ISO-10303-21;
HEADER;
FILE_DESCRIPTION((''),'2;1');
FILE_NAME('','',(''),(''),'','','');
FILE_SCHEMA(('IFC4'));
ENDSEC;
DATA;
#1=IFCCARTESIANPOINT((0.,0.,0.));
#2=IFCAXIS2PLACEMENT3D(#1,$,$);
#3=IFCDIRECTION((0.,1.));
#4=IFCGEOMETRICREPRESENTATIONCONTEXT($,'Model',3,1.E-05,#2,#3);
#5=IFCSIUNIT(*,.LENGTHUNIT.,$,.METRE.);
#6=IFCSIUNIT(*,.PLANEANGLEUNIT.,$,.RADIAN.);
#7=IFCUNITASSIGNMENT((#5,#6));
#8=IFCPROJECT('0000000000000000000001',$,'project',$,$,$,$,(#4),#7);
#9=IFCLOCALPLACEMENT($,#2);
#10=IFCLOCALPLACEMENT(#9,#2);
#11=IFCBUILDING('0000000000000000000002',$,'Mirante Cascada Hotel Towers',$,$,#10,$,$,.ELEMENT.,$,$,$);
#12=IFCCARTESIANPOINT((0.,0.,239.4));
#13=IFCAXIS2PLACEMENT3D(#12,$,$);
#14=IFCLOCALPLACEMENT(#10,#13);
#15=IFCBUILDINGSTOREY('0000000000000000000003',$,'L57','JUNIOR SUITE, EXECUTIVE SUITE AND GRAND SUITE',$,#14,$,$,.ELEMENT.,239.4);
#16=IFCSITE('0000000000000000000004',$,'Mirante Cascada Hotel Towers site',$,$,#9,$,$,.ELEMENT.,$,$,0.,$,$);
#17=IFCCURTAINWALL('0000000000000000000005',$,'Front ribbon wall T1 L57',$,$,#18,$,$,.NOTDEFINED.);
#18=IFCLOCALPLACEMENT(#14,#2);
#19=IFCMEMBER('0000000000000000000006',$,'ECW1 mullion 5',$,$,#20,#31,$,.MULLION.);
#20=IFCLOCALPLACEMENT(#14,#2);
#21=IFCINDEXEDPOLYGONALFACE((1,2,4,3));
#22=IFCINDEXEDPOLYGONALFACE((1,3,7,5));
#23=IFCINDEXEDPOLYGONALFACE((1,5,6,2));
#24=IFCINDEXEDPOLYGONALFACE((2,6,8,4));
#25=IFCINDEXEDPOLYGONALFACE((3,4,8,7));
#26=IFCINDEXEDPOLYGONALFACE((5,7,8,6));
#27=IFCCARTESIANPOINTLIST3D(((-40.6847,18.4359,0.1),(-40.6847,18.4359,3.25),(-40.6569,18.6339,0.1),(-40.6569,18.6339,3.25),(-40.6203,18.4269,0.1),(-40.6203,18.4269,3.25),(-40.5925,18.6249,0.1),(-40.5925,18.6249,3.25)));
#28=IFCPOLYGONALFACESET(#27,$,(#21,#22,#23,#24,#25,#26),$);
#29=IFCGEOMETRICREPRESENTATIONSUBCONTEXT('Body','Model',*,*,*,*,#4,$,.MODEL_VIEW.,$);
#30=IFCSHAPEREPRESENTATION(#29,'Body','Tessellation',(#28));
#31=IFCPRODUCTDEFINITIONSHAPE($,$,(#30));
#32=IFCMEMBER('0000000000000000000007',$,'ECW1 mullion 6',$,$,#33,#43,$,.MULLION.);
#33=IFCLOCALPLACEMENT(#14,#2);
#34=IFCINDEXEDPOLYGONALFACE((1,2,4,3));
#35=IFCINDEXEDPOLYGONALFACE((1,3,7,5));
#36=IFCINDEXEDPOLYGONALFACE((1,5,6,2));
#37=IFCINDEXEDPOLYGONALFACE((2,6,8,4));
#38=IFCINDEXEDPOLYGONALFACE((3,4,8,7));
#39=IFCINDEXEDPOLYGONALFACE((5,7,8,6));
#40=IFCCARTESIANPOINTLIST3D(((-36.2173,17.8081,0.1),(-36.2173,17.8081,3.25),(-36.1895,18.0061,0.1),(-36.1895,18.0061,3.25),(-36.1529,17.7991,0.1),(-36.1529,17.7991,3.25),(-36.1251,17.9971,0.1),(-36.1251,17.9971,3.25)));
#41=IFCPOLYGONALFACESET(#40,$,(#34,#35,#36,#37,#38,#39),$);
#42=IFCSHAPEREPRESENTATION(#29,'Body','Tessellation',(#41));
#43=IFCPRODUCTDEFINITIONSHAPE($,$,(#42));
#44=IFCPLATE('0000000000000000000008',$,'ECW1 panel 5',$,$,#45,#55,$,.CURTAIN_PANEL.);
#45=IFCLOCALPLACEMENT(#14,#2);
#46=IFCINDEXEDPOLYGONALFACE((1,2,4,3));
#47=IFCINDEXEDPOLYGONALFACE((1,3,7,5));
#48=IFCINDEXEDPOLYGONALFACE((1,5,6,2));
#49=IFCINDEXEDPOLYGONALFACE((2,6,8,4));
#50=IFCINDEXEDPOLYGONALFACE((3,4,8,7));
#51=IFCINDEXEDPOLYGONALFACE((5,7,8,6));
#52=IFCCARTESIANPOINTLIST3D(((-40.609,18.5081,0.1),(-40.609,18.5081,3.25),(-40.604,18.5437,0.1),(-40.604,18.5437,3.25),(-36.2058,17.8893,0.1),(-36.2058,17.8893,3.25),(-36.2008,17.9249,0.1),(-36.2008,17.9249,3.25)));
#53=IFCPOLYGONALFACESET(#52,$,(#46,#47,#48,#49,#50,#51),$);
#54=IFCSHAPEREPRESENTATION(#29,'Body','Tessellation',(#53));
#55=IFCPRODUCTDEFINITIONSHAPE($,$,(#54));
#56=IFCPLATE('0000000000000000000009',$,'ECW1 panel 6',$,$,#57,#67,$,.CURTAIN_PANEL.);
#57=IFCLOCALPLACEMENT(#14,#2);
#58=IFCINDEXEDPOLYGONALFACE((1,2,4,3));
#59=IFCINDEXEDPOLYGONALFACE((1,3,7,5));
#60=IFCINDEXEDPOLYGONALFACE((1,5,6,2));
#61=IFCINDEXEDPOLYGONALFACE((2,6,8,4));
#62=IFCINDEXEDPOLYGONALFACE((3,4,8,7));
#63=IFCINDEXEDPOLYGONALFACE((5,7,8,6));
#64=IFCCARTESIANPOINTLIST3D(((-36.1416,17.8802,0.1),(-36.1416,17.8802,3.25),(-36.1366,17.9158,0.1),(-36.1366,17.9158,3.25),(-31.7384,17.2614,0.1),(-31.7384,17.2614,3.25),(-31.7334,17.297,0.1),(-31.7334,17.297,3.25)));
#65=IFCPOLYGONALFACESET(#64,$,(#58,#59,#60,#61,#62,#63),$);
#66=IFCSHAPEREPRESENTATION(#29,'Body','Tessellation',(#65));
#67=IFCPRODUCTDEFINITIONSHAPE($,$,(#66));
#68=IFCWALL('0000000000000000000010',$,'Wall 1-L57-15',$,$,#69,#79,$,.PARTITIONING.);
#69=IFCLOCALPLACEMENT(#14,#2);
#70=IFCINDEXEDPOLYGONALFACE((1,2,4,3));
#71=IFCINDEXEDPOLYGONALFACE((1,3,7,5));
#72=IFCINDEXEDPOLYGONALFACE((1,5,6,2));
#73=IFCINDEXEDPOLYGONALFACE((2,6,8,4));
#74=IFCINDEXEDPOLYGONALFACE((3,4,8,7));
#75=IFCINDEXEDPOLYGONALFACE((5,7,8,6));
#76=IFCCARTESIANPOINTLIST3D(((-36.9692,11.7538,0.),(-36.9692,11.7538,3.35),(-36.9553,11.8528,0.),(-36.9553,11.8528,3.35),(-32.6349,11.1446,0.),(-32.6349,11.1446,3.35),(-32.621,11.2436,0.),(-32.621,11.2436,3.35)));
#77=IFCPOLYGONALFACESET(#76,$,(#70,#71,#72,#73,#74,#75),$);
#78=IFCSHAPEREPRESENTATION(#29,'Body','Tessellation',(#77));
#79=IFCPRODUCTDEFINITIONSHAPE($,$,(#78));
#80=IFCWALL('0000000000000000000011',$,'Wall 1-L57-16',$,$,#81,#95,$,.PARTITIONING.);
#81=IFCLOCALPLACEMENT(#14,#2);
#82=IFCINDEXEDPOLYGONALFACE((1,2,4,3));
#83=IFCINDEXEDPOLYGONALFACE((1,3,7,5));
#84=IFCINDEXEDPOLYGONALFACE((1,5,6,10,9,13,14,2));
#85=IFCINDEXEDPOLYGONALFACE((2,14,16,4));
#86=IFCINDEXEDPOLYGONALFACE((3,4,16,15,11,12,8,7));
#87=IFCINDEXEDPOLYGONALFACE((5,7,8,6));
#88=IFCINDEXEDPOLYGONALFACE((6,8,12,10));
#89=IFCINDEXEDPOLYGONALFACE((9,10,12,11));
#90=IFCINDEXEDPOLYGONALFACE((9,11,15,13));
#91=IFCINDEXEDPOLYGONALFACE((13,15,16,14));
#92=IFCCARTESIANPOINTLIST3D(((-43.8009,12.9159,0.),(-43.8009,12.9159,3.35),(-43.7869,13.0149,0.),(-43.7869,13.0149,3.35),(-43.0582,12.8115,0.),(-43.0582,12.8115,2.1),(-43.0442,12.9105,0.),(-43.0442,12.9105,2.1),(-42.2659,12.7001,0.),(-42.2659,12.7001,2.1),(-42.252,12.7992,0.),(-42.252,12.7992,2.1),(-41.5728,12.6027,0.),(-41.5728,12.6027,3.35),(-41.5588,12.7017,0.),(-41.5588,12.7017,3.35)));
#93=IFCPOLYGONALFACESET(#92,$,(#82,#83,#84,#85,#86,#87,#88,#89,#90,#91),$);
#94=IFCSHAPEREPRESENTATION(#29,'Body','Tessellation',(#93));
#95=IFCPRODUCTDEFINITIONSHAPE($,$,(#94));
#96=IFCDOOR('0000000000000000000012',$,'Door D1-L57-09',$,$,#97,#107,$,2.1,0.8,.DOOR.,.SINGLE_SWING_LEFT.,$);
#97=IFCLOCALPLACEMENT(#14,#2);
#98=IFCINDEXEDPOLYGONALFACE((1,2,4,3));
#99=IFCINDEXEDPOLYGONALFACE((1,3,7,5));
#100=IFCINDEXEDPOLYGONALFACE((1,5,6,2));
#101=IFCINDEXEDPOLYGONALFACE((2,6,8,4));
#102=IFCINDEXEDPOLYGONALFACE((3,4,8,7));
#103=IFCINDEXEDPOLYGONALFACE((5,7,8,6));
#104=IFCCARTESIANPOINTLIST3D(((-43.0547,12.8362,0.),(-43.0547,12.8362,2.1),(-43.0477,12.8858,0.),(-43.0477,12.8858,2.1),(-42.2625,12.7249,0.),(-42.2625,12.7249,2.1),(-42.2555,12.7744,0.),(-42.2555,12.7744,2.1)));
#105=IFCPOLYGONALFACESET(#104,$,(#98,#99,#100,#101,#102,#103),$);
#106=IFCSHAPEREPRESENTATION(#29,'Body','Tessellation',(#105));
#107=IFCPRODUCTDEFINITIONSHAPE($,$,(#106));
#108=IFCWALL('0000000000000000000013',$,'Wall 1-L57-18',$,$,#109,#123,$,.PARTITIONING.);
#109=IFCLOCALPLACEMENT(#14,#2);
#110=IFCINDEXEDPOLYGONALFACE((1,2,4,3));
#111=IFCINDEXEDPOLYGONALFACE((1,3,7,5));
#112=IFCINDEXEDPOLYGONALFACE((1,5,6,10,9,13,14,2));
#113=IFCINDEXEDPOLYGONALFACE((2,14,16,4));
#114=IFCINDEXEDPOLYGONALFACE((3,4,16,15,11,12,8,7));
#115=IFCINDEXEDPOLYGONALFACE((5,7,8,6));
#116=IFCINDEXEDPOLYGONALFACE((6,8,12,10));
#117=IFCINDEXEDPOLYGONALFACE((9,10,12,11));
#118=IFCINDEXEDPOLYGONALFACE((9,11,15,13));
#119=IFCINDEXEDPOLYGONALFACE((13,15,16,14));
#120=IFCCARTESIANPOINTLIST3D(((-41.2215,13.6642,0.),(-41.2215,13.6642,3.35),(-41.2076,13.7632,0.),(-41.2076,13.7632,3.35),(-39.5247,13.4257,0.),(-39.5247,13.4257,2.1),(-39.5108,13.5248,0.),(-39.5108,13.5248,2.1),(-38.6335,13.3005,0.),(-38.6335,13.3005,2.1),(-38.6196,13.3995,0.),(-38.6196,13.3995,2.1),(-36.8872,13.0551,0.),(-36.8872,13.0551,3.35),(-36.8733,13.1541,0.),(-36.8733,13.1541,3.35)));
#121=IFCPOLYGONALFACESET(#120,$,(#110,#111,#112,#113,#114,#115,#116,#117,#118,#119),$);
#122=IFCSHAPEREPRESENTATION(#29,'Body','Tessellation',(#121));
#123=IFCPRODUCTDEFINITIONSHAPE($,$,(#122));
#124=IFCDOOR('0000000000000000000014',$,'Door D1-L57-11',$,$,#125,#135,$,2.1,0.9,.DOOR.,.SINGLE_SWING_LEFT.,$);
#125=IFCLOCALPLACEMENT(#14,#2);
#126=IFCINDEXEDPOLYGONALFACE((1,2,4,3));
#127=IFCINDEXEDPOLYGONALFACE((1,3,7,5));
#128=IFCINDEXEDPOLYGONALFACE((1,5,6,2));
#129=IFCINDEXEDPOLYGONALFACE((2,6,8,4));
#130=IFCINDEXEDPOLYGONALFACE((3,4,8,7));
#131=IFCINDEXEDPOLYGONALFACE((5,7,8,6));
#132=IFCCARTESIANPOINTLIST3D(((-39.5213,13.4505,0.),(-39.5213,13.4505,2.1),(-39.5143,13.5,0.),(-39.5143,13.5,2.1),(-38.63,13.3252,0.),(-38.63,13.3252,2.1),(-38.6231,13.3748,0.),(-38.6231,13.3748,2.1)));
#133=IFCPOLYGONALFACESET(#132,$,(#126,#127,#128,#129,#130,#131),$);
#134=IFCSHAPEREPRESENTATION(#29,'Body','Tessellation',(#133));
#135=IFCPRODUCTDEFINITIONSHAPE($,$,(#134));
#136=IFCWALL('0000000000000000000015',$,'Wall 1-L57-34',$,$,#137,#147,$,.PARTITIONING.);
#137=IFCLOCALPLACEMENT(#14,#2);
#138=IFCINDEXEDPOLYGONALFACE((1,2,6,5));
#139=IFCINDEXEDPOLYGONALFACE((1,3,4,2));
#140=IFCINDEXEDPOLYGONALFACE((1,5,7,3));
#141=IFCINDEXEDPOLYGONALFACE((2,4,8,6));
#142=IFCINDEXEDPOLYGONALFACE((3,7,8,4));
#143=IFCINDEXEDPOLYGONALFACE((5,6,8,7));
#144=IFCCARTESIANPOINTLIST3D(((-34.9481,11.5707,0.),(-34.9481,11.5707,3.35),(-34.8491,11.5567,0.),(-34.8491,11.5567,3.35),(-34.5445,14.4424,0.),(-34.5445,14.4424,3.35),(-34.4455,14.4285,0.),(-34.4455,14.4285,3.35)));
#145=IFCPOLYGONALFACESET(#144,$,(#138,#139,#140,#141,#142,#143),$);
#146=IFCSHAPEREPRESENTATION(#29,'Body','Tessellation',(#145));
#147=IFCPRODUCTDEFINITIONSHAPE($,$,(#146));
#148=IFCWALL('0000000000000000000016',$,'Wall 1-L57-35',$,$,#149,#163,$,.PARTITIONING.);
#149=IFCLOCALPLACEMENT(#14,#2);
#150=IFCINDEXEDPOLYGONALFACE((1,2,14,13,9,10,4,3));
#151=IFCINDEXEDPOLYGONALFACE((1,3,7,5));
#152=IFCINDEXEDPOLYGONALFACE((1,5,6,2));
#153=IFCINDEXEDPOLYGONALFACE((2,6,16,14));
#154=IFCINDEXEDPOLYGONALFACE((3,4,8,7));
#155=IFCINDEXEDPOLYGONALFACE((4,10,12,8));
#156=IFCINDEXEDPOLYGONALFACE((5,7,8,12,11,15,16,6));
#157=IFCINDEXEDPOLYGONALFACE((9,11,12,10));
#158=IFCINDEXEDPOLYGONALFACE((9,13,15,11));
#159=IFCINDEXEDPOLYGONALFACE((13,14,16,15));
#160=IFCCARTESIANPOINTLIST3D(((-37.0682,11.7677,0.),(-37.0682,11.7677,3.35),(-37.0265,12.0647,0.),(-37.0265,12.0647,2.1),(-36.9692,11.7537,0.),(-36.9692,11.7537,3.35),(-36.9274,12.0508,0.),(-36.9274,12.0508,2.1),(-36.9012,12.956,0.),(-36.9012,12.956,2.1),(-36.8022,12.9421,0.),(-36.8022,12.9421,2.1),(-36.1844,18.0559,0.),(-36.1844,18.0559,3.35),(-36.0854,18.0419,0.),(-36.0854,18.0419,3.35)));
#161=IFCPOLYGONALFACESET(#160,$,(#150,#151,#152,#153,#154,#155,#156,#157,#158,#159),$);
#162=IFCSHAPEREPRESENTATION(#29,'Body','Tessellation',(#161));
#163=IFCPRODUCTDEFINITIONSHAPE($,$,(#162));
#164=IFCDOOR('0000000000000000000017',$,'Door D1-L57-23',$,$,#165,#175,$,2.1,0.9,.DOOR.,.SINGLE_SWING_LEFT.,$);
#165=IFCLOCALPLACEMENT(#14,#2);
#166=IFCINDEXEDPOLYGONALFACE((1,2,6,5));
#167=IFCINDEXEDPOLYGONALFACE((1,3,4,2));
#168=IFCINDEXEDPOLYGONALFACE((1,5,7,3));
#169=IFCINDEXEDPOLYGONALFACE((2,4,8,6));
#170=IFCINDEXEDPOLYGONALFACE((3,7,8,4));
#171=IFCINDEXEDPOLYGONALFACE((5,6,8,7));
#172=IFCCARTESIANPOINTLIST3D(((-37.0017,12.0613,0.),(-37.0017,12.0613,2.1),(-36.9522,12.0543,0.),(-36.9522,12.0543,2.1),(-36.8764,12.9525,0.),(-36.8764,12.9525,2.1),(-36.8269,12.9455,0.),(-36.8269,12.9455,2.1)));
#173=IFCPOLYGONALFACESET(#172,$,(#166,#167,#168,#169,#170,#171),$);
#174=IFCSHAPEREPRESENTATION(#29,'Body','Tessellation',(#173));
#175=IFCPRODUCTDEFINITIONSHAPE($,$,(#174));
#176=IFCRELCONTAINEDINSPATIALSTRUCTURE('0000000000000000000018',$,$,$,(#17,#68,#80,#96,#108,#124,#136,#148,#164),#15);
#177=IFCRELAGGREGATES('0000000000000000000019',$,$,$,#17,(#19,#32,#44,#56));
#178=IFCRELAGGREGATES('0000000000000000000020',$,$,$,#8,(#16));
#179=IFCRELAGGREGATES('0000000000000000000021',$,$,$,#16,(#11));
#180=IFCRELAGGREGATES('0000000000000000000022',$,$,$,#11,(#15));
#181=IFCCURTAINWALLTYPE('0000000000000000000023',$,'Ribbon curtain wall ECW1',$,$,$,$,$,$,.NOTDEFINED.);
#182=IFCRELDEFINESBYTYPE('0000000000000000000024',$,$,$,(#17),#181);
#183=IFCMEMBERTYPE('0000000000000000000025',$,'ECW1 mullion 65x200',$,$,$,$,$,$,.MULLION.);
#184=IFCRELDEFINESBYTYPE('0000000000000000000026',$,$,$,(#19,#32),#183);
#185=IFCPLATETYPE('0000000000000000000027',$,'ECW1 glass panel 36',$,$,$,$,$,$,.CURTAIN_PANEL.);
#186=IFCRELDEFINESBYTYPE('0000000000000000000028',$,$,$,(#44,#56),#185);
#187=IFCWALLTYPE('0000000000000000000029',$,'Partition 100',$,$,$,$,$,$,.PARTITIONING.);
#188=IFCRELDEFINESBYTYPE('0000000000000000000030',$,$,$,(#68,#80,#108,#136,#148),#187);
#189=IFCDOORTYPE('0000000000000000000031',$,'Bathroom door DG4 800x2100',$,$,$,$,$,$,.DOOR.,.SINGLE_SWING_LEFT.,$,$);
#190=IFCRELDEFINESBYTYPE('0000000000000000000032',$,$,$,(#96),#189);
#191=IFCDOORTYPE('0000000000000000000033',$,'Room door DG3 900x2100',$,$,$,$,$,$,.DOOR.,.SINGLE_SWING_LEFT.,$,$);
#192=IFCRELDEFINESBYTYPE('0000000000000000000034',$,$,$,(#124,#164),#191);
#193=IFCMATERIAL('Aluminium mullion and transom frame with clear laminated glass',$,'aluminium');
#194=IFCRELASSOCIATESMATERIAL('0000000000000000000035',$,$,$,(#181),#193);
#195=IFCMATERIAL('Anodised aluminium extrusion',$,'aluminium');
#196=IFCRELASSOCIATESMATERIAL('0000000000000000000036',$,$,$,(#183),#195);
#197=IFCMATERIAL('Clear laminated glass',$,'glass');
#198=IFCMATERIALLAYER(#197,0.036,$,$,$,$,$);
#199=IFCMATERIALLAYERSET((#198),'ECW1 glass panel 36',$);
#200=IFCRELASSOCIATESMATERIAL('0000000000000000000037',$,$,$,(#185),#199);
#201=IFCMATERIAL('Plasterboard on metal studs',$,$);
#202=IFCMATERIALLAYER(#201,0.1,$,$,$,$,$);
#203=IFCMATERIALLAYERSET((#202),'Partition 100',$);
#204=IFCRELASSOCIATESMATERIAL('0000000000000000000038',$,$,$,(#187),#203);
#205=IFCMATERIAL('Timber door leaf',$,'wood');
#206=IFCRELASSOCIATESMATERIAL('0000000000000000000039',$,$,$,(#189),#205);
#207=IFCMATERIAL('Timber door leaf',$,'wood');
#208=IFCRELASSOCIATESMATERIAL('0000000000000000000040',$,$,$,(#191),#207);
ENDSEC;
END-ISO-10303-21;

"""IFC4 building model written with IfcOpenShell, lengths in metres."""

from ifc_helpers import new_model, si_unit, direction, frame, frame_2d, origin, origin_2d, place, context, subcontext, project, spatial, rectangle, extrude, material, layer, layer_set, material_profile, profile_set, type_object, element, fill, aggregate, save


model = new_model("IFC4")

# Units and contexts
model_context = context("Model", 3, precision=1e-05, world=origin(), true_north=direction((0.0, 1.0)))
body_context = subcontext(model_context, "Body", "Model", "MODEL_VIEW")
ifc_project = project(units=[si_unit("LENGTHUNIT", "METRE"), si_unit("PLANEANGLEUNIT", "RADIAN")], contexts=[model_context])

# Site, building, storey
site_placement = place(None, origin())
site = spatial("IfcSite", under=ifc_project, at=site_placement, Name="Mirante Cascada Hotel Towers site", CompositionType="ELEMENT", RefElevation=0.0)
building_placement = place(site_placement, origin())
building = spatial("IfcBuilding", under=site, at=building_placement, Name="Mirante Cascada Hotel Towers", CompositionType="ELEMENT")
storey_placement = place(building_placement, frame((0.0, 0.0, 239.4)))
storey = spatial("IfcBuildingStorey", under=building, at=storey_placement, Name="L57", Description="JUNIOR SUITE, EXECUTIVE SUITE AND GRAND SUITE", CompositionType="ELEMENT", Elevation=239.4)

# Curtain wall, members, plates
ifc_material_1 = material(Name="Aluminium mullion and transom frame with clear laminated glass", Category="aluminium")
curtain_wall_type = type_object("IfcCurtainWallType", Name="Ribbon curtain wall ECW1", PredefinedType="NOTDEFINED", material=ifc_material_1)
curtain_wall_placement = place(storey_placement, origin())
curtain_wall = element("IfcCurtainWall", 1, at=curtain_wall_placement, inside=storey, type_object=curtain_wall_type, Name="Front ribbon wall T1 L57", PredefinedType="NOTDEFINED")
ifc_material_2 = material(Name="Anodised aluminium extrusion", Category="aluminium")
ifc_material_profile = material_profile(ifc_material_2, rectangle(XDim=0.2, YDim=0.065, at=origin_2d()), Name="ECW1 MULLION 65x200")
ifc_profile_set = profile_set([ifc_material_profile], Name="Anodised aluminium extrusion")
member_type = type_object("IfcMemberType", Name="ECW1 mullion 65x200", PredefinedType="MULLION", material=ifc_profile_set)
member_1_placement = place(storey_placement, frame((-40.6386, 18.5304, 0.1), z_axis=(0.0, 0.0, 1.0), x_axis=(0.139173, 0.990268, 0.0)))
member_1 = element("IfcMember", 2, at=member_1_placement, type_object=member_type, Name="ECW1 mullion 5", PredefinedType="MULLION", context=body_context, shape_type="SweptSolid", body=[
    extrude(rectangle(XDim=0.2, YDim=0.065, at=origin_2d()), origin(), (0.0, 0.0, 1.0), 3.15),
])
member_2_placement = place(storey_placement, frame((-36.1712, 17.9026, 0.1), z_axis=(0.0, 0.0, 1.0), x_axis=(0.139173, 0.990268, 0.0)))
member_2 = element("IfcMember", 3, at=member_2_placement, type_object=member_type, Name="ECW1 mullion 6", PredefinedType="MULLION", context=body_context, shape_type="SweptSolid", body=[
    extrude(rectangle(XDim=0.2, YDim=0.065, at=origin_2d()), origin(), (0.0, 0.0, 1.0), 3.15),
])
ifc_material_3 = material(Name="Clear laminated glass", Category="glass")
ifc_layer_1 = layer(ifc_material_3, 0.036)
ifc_layer_set_1 = layer_set([ifc_layer_1], Name="ECW1 glass panel 36")
plate_type = type_object("IfcPlateType", Name="ECW1 glass panel 36", PredefinedType="CURTAIN_PANEL", material=ifc_layer_set_1)
plate_1_placement = place(storey_placement, frame((-38.4049, 18.2165, 0.1), z_axis=(0.0, 0.0, 1.0), x_axis=(0.990268, -0.139173, 0.0)))
plate_1 = element("IfcPlate", 4, at=plate_1_placement, type_object=plate_type, Name="ECW1 panel 5", PredefinedType="CURTAIN_PANEL", context=body_context, shape_type="SweptSolid", body=[
    extrude(rectangle(XDim=4.4464, YDim=0.036, at=origin_2d()), origin(), (0.0, 0.0, 1.0), 3.15),
])
plate_2_placement = place(storey_placement, frame((-33.9375, 17.5886, 0.1), z_axis=(0.0, 0.0, 1.0), x_axis=(0.990268, -0.139173, 0.0)))
plate_2 = element("IfcPlate", 5, at=plate_2_placement, type_object=plate_type, Name="ECW1 panel 6", PredefinedType="CURTAIN_PANEL", context=body_context, shape_type="SweptSolid", body=[
    extrude(rectangle(XDim=4.4464, YDim=0.036, at=origin_2d()), origin(), (0.0, 0.0, 1.0), 3.15),
])
aggregate(curtain_wall, [member_1, member_2, plate_1, plate_2])

# Wall
ifc_material_4 = material(Name="Plasterboard on metal studs")
ifc_layer_2 = layer(ifc_material_4, 0.1)
ifc_layer_set_2 = layer_set([ifc_layer_2], Name="Partition 100")
wall_type = type_object("IfcWallType", Name="Partition 100", PredefinedType="PARTITIONING", material=ifc_layer_set_2)
wall_1_placement = place(storey_placement, frame((-36.9622, 11.8033, 0.0), z_axis=(0.0, 0.0, 1.0), x_axis=(0.990266, -0.139185, 0.0)))
element("IfcWall", 6, at=wall_1_placement, inside=storey, type_object=wall_type, Name="Wall 1-L57-15", PredefinedType="PARTITIONING", context=body_context, shape_type="SweptSolid", body=[
    extrude(rectangle(XDim=4.3769, YDim=0.1, at=frame_2d((2.1884, 0.0))), origin(), (0.0, 0.0, 1.0), 3.35),
])

# Walls, openings, doors
wall_2_placement = place(storey_placement, frame((-41.5658, 12.6522, 0.0), z_axis=(0.0, 0.0, 1.0), x_axis=(-0.990264, 0.1392, 0.0)))
wall_2 = element("IfcWall", 7, at=wall_2_placement, inside=storey, type_object=wall_type, Name="Wall 1-L57-16", PredefinedType="PARTITIONING", context=body_context, shape_type="SweptSolid", body=[
    extrude(rectangle(XDim=2.25, YDim=0.1, at=frame_2d((1.125, 0.0))), origin(), (0.0, 0.0, 1.0), 3.35),
])
opening_1_placement = place(wall_2_placement, frame((0.7, 0.0, 0.0)))
opening_1 = element("IfcOpeningElement", 8, at=opening_1_placement, cuts=wall_2, PredefinedType="OPENING", context=body_context, shape_type="SweptSolid", body=[
    extrude(rectangle(XDim=0.8, YDim=2.1, at=frame_2d((0.4, 1.05))), frame((0.0, 0.05, 0.0), z_axis=(0.0, -1.0, 0.0), x_axis=(1.0, 0.0, 0.0)), (0.0, 0.0, 1.0), 0.1),
])
ifc_material_5 = material(Name="Timber door leaf", Category="wood")
door_type_1 = type_object("IfcDoorType", Name="Bathroom door DG4 800x2100", OperationType="SINGLE_SWING_LEFT", PredefinedType="DOOR", material=ifc_material_5)
door_1_placement = place(opening_1_placement, origin())
door_1 = element("IfcDoor", 9, at=door_1_placement, inside=storey, type_object=door_type_1, Name="Door D1-L57-09", OperationType="SINGLE_SWING_LEFT", OverallHeight=2.1, OverallWidth=0.8, PredefinedType="DOOR", context=body_context, shape_type="SweptSolid", body=[
    extrude(rectangle(XDim=0.8, YDim=2.1, at=frame_2d((0.4, 1.05))), frame((0.0, 0.025, 0.0), z_axis=(0.0, -1.0, 0.0), x_axis=(1.0, 0.0, 0.0)), (0.0, 0.0, 1.0), 0.05),
])
fill(opening_1, door_1)
wall_3_placement = place(storey_placement, frame((-36.8803, 13.1046, 0.0), z_axis=(0.0, 0.0, 1.0), x_axis=(-0.99027, 0.139163, 0.0)))
wall_3 = element("IfcWall", 10, at=wall_3_placement, inside=storey, type_object=wall_type, Name="Wall 1-L57-18", PredefinedType="PARTITIONING", context=body_context, shape_type="SweptSolid", body=[
    extrude(rectangle(XDim=4.3769, YDim=0.1, at=frame_2d((2.1884, 0.0))), origin(), (0.0, 0.0, 1.0), 3.35),
])
opening_2_placement = place(wall_3_placement, frame((1.7634, 0.0, 0.0)))
opening_2 = element("IfcOpeningElement", 11, at=opening_2_placement, cuts=wall_3, PredefinedType="OPENING", context=body_context, shape_type="SweptSolid", body=[
    extrude(rectangle(XDim=0.9, YDim=2.1, at=frame_2d((0.45, 1.05))), frame((0.0, 0.05, 0.0), z_axis=(0.0, -1.0, 0.0), x_axis=(1.0, 0.0, 0.0)), (0.0, 0.0, 1.0), 0.1),
])
ifc_material_6 = material(Name="Timber door leaf", Category="wood")
door_type_2 = type_object("IfcDoorType", Name="Room door DG3 900x2100", OperationType="SINGLE_SWING_LEFT", PredefinedType="DOOR", material=ifc_material_6)
door_2_placement = place(opening_2_placement, origin())
door_2 = element("IfcDoor", 12, at=door_2_placement, inside=storey, type_object=door_type_2, Name="Door D1-L57-11", OperationType="SINGLE_SWING_LEFT", OverallHeight=2.1, OverallWidth=0.9, PredefinedType="DOOR", context=body_context, shape_type="SweptSolid", body=[
    extrude(rectangle(XDim=0.9, YDim=2.1, at=frame_2d((0.45, 1.05))), frame((0.0, 0.025, 0.0), z_axis=(0.0, -1.0, 0.0), x_axis=(1.0, 0.0, 0.0)), (0.0, 0.0, 1.0), 0.05),
])
fill(opening_2, door_2)

# Wall
wall_4_placement = place(storey_placement, frame((-34.8986, 11.5637, 0.0), z_axis=(0.0, 0.0, 1.0), x_axis=(0.139171, 0.990268, 0.0)))
element("IfcWall", 13, at=wall_4_placement, inside=storey, type_object=wall_type, Name="Wall 1-L57-34", PredefinedType="PARTITIONING", context=body_context, shape_type="SweptSolid", body=[
    extrude(rectangle(XDim=2.9, YDim=0.1, at=frame_2d((1.45, 0.0))), origin(), (0.0, 0.0, 1.0), 3.35),
])

# Wall, opening, door
wall_5_placement = place(storey_placement, frame((-36.1349, 18.0489, 0.0), z_axis=(0.0, 0.0, 1.0), x_axis=(-0.139181, -0.990267, 0.0)))
wall_5 = element("IfcWall", 14, at=wall_5_placement, inside=storey, type_object=wall_type, Name="Wall 1-L57-35", PredefinedType="PARTITIONING", context=body_context, shape_type="SweptSolid", body=[
    extrude(rectangle(XDim=6.35, YDim=0.1, at=frame_2d((3.175, 0.0))), origin(), (0.0, 0.0, 1.0), 3.35),
])
opening_3_placement = place(wall_5_placement, frame((5.15, 0.0, 0.0)))
opening_3 = element("IfcOpeningElement", 15, at=opening_3_placement, cuts=wall_5, PredefinedType="OPENING", context=body_context, shape_type="SweptSolid", body=[
    extrude(rectangle(XDim=0.9, YDim=2.1, at=frame_2d((0.45, 1.05))), frame((0.0, 0.05, 0.0), z_axis=(0.0, -1.0, 0.0), x_axis=(1.0, 0.0, 0.0)), (0.0, 0.0, 1.0), 0.1),
])
door_3_placement = place(opening_3_placement, origin())
door_3 = element("IfcDoor", 16, at=door_3_placement, inside=storey, type_object=door_type_2, Name="Door D1-L57-23", OperationType="SINGLE_SWING_LEFT", OverallHeight=2.1, OverallWidth=0.9, PredefinedType="DOOR", context=body_context, shape_type="SweptSolid", body=[
    extrude(rectangle(XDim=0.9, YDim=2.1, at=frame_2d((0.45, 1.05))), frame((0.0, 0.025, 0.0), z_axis=(0.0, -1.0, 0.0), x_axis=(1.0, 0.0, 0.0)), (0.0, 0.0, 1.0), 0.05),
])
fill(opening_3, door_3)

save(model, "model.ifc")
